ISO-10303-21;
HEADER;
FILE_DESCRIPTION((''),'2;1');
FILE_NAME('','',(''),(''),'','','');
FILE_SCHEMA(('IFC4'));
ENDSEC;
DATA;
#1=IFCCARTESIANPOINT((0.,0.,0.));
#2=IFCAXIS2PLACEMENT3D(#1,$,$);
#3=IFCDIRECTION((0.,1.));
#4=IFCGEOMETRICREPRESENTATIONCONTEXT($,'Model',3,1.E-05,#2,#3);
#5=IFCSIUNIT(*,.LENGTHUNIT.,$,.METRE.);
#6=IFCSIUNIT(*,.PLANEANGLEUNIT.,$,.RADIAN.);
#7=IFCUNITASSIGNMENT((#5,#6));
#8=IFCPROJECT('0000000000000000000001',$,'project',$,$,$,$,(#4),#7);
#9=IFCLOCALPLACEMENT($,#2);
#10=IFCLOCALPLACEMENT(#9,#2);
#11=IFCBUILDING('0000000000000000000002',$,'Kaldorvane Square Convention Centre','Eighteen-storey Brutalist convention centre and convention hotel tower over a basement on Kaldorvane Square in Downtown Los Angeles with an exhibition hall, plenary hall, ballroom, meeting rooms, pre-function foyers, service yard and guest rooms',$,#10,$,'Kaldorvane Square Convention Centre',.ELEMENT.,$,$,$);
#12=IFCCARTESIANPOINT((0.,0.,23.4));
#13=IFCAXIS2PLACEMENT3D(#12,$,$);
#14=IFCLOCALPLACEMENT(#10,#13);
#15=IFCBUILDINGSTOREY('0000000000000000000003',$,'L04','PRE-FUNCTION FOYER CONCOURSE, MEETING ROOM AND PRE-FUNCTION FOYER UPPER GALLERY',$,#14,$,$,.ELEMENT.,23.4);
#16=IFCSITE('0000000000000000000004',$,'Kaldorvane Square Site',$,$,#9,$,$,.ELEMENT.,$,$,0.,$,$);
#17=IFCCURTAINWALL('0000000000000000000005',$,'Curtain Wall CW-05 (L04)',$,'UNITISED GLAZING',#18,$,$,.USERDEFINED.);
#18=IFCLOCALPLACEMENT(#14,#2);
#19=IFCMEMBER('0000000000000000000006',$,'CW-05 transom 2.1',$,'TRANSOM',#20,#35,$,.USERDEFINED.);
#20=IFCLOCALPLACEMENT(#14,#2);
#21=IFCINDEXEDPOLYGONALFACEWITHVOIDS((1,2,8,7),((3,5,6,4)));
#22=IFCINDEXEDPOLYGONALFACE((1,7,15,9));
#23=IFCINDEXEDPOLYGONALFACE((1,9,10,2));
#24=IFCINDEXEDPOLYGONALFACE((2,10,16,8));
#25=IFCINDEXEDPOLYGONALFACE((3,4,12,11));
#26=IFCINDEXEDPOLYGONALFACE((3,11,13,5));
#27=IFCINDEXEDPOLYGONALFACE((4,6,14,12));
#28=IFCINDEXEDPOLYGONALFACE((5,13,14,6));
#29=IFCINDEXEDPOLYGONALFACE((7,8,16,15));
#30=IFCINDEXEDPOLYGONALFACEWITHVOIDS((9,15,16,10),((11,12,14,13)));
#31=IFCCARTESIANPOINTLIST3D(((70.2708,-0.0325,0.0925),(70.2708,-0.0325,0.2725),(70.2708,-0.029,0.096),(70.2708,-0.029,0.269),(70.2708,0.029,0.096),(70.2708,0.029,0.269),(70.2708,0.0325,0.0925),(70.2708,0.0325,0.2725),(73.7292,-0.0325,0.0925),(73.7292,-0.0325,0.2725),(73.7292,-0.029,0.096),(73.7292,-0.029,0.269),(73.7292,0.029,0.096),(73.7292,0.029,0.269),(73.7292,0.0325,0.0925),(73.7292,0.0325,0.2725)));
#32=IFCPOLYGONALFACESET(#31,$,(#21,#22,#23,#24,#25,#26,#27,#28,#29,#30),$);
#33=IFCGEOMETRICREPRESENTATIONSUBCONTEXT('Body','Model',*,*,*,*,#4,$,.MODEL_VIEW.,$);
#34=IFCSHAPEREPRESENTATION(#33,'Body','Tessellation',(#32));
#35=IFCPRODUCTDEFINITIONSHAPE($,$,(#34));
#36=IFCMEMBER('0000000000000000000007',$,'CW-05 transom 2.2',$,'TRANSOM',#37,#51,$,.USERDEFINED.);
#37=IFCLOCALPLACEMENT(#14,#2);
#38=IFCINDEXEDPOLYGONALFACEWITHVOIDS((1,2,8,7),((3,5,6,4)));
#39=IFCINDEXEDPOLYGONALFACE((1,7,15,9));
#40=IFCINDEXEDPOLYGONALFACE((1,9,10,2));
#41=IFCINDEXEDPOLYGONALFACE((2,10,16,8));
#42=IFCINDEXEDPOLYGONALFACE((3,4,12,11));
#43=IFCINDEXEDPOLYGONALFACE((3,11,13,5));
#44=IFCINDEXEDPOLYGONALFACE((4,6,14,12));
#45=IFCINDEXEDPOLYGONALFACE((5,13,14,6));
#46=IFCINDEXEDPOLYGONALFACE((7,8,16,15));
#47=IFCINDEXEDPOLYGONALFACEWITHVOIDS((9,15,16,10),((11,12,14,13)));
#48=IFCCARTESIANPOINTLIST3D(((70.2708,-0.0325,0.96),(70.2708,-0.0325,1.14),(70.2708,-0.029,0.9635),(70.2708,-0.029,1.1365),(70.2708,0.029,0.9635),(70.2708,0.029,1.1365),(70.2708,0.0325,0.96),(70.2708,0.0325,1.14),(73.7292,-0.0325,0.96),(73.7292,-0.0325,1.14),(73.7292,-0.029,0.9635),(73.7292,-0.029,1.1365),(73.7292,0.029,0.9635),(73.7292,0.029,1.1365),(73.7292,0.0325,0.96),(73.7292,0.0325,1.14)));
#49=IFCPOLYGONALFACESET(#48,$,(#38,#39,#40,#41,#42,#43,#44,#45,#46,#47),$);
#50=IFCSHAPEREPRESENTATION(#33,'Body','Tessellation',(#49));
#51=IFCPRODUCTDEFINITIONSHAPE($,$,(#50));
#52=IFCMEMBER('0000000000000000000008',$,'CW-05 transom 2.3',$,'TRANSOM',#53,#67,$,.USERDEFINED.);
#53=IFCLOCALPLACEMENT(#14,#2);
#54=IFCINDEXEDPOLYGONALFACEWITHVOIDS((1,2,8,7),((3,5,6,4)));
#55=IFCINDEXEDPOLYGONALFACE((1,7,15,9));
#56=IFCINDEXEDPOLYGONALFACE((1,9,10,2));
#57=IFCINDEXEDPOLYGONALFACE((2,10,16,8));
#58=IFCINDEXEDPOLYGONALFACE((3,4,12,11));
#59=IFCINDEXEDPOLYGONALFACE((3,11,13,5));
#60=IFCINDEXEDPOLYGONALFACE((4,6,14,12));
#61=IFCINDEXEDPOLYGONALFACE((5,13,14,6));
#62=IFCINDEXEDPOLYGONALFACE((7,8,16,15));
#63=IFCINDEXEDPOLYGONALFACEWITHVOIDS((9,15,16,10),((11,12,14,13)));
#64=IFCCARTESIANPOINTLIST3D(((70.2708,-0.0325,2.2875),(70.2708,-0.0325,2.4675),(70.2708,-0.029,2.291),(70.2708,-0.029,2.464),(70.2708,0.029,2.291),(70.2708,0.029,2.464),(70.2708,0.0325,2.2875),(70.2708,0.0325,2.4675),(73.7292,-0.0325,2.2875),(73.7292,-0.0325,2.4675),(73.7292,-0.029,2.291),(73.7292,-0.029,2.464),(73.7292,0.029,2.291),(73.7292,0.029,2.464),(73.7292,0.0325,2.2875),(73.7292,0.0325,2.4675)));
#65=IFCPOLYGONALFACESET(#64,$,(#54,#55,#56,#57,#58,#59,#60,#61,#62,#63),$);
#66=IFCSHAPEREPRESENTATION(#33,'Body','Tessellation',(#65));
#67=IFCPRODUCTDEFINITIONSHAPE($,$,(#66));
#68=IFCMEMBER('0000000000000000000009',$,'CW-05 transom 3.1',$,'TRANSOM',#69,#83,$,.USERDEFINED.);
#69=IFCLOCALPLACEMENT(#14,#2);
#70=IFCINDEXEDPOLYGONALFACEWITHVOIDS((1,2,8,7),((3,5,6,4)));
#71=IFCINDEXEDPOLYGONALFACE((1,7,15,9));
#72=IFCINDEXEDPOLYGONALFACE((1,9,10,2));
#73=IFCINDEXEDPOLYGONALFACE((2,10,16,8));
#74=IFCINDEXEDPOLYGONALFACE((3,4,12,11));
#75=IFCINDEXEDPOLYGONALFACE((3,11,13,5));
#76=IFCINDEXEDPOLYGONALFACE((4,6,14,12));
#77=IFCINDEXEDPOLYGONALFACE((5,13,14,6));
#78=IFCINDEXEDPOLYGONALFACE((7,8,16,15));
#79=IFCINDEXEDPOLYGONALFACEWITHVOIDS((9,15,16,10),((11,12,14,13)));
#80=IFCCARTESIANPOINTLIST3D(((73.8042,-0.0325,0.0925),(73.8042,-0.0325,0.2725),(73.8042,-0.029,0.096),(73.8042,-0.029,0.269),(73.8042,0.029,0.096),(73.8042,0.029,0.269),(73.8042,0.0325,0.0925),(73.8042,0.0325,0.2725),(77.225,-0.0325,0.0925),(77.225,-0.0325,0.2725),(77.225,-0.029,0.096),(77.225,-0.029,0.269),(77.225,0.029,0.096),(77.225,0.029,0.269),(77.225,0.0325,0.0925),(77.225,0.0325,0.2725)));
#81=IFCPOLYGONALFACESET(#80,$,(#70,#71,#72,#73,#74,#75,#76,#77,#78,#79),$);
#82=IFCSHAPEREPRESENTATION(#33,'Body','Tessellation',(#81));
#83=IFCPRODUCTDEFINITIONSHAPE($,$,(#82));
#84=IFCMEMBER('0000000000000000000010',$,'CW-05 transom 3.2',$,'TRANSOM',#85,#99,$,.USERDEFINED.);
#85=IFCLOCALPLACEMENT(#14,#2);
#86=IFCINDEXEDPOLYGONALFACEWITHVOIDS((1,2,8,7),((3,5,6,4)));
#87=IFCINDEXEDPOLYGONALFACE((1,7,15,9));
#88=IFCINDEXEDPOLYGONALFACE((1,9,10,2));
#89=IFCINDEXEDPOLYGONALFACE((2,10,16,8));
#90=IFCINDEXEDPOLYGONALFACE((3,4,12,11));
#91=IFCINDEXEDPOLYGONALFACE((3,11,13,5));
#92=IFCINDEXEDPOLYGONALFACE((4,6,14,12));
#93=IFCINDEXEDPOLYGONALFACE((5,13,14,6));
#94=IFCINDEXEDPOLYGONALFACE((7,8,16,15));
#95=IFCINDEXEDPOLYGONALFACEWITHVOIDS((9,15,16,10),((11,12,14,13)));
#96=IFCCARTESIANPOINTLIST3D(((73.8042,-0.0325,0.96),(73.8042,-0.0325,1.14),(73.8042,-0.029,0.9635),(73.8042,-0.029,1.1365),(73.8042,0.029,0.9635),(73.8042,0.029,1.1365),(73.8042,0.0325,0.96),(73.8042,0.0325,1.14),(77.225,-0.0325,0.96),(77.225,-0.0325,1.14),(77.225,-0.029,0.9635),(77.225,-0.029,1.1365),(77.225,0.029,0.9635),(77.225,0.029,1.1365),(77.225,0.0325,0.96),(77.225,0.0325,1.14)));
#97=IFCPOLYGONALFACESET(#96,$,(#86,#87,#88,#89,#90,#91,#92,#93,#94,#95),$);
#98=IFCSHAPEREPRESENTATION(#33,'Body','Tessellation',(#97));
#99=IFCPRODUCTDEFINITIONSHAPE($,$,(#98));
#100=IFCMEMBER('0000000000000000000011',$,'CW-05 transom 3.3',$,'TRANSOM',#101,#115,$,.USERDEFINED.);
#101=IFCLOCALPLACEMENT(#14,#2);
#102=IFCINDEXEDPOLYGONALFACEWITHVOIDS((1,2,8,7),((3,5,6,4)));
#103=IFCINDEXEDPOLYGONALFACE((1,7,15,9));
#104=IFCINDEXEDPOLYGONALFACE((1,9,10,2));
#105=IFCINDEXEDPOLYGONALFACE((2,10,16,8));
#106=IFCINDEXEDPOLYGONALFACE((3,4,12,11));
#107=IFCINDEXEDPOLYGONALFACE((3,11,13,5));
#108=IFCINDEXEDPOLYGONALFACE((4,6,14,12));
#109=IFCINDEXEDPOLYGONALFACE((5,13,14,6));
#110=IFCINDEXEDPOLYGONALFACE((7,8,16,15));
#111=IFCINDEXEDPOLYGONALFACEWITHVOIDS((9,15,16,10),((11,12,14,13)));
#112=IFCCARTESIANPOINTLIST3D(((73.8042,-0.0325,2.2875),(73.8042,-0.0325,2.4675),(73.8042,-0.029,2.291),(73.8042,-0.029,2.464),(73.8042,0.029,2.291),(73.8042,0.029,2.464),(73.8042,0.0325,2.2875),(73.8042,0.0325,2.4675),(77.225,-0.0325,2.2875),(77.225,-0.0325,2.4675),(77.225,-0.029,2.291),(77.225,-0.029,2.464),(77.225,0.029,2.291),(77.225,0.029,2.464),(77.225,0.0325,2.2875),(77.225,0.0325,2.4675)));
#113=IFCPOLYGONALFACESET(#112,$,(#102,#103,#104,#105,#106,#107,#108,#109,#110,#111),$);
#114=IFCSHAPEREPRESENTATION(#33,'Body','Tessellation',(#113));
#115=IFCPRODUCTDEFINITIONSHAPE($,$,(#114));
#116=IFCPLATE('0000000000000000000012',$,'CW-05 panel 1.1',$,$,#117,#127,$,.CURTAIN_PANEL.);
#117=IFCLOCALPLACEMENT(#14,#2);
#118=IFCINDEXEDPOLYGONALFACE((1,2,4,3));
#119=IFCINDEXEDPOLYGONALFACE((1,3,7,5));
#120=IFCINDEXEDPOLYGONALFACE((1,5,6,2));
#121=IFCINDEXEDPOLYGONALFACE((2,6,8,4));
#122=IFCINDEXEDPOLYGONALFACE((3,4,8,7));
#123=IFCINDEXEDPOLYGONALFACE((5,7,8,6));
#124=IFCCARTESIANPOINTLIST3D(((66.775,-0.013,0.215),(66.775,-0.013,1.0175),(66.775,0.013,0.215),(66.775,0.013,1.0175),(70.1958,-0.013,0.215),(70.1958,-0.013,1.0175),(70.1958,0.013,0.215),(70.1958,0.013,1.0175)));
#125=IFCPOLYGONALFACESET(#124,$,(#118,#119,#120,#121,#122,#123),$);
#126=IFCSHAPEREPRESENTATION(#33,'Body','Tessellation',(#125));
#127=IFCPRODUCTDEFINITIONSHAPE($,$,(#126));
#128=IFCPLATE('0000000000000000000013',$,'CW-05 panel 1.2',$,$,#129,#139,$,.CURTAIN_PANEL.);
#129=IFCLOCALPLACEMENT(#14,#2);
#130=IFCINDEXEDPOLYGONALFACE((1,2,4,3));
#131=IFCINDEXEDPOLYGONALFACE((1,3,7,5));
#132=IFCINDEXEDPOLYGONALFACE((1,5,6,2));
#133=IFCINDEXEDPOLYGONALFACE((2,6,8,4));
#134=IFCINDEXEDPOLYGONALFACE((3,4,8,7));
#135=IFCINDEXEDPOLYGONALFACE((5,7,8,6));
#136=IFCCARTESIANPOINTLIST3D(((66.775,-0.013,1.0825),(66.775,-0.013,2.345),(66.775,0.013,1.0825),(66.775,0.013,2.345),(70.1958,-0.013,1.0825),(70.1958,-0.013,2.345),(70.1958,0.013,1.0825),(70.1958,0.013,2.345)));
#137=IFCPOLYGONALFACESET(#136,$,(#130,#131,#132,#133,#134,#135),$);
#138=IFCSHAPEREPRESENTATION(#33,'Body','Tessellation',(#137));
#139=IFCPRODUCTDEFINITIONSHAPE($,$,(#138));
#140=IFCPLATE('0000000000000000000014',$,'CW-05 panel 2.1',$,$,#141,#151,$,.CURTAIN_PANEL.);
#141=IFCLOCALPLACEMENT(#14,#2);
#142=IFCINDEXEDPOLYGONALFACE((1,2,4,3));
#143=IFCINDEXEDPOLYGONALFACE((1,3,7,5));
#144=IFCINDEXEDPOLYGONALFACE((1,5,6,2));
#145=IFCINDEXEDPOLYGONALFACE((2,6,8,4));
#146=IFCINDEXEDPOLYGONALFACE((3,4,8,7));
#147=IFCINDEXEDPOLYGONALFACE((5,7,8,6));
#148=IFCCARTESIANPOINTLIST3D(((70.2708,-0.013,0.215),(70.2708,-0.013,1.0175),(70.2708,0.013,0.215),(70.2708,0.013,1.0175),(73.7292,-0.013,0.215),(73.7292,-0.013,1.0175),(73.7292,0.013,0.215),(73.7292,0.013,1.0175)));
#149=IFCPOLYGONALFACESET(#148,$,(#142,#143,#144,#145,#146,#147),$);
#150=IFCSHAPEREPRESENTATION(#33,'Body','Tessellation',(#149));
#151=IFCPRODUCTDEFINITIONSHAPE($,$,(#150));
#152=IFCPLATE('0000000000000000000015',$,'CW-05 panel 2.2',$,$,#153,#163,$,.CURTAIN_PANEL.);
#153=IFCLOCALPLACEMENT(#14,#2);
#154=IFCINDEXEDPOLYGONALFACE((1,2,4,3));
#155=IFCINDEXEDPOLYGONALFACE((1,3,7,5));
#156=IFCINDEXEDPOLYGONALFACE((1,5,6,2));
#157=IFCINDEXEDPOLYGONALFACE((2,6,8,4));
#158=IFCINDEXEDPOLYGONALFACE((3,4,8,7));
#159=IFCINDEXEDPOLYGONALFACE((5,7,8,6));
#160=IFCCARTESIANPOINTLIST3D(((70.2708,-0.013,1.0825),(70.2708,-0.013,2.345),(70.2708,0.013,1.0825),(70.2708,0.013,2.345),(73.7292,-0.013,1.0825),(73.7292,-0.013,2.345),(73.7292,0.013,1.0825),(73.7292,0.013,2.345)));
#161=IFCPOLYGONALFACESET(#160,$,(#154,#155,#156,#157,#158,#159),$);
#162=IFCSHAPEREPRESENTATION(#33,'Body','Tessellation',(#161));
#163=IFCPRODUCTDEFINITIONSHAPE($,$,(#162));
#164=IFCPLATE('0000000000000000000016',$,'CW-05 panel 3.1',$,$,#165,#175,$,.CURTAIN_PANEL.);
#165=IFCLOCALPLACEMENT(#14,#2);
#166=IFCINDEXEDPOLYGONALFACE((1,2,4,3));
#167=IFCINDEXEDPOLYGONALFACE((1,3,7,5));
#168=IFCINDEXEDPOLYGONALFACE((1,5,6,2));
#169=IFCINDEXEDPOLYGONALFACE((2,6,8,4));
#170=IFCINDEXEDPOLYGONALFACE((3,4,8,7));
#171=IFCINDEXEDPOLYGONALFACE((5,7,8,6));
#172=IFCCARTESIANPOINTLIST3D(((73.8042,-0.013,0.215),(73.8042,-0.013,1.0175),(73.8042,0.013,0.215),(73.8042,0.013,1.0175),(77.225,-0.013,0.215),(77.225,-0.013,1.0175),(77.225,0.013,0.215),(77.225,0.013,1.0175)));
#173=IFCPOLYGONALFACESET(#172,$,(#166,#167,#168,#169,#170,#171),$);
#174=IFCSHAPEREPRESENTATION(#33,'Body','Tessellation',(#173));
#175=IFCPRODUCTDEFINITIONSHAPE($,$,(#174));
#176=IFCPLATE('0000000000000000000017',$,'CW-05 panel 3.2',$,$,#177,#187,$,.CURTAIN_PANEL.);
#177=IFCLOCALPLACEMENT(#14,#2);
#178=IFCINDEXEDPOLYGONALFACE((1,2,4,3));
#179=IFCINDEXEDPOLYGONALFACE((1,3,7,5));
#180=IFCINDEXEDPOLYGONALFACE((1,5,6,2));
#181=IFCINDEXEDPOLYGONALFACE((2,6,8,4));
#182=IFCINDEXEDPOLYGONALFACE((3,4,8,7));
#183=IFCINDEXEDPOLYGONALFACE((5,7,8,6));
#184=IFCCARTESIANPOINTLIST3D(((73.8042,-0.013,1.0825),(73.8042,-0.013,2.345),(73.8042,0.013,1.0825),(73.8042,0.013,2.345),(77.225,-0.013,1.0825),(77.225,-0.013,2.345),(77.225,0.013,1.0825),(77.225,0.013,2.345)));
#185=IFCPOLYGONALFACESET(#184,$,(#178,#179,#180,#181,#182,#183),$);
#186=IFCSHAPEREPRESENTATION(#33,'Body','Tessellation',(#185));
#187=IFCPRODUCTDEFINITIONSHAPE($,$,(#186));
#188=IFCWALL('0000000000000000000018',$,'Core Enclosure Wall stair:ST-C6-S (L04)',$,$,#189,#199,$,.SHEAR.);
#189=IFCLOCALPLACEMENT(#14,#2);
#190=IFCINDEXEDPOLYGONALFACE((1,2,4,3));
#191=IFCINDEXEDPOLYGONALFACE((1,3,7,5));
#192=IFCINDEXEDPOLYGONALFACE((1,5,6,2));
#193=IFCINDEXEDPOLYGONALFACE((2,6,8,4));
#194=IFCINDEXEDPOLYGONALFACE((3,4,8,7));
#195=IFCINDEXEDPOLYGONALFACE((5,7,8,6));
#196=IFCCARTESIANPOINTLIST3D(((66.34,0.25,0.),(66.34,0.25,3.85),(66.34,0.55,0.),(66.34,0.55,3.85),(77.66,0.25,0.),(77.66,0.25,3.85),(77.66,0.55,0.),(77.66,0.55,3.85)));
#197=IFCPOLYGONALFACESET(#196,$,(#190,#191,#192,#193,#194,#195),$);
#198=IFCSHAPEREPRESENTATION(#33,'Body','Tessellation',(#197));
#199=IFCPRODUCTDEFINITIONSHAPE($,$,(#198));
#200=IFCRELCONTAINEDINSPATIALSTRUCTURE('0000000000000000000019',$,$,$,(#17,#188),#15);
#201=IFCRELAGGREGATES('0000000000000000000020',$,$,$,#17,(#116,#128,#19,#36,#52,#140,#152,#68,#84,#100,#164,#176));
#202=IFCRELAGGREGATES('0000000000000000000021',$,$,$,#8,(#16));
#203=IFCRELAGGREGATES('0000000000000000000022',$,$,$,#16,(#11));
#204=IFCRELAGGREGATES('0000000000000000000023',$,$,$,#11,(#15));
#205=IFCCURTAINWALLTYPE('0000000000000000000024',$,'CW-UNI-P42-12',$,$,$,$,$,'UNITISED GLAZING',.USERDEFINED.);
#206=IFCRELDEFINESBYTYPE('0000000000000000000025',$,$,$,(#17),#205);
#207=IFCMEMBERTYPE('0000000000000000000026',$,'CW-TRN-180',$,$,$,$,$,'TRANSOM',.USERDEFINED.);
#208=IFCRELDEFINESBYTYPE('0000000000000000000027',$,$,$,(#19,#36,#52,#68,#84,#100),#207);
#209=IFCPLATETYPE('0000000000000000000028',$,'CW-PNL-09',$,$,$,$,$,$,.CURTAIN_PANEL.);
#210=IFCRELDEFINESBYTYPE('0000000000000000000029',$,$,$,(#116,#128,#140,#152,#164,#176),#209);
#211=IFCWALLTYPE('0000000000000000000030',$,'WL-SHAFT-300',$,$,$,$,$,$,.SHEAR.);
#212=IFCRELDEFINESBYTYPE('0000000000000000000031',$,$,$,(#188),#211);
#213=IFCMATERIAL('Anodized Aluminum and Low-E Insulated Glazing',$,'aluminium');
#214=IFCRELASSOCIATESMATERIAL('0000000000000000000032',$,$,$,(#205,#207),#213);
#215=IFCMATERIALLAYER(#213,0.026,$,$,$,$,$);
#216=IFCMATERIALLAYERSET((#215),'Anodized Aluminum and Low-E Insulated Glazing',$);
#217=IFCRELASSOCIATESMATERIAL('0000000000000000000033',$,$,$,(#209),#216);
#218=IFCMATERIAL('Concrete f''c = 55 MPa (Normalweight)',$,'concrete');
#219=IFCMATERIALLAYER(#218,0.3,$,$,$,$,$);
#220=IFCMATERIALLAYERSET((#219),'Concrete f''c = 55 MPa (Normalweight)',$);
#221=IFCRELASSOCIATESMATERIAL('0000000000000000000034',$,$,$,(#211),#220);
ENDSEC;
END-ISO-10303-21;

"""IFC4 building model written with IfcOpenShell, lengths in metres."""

from ifc_helpers import new_model, si_unit, direction, frame, frame_2d, origin, origin_2d, place, context, subcontext, project, spatial, rectangle, hollow_rectangle, extrude, material, layer, layer_set, material_profile, profile_set, type_object, element, aggregate, save


model = new_model("IFC4")

# Units and contexts
model_context = context("Model", 3, precision=1e-05, world=origin(), true_north=direction((0.0, 1.0)))
body_context = subcontext(model_context, "Body", "Model", "MODEL_VIEW")
ifc_project = project(units=[si_unit("LENGTHUNIT", "METRE"), si_unit("PLANEANGLEUNIT", "RADIAN")], contexts=[model_context])

# Site, building, storey
site_placement = place(None, origin())
site = spatial("IfcSite", under=ifc_project, at=site_placement, Name="Kaldorvane Square Site", CompositionType="ELEMENT", RefElevation=0.0)
building_placement = place(site_placement, origin())
building = spatial("IfcBuilding", under=site, at=building_placement, Name="Kaldorvane Square Convention Centre", Description="Eighteen-storey Brutalist convention centre and convention hotel tower over a basement on Kaldorvane Square in Downtown Los Angeles with an exhibition hall, plenary hall, ballroom, meeting rooms, pre-function foyers, service yard and guest rooms", LongName="Kaldorvane Square Convention Centre", CompositionType="ELEMENT")
storey_placement = place(building_placement, frame((0.0, 0.0, 23.4)))
storey = spatial("IfcBuildingStorey", under=building, at=storey_placement, Name="L04", Description="PRE-FUNCTION FOYER CONCOURSE, MEETING ROOM AND PRE-FUNCTION FOYER UPPER GALLERY", CompositionType="ELEMENT", Elevation=23.4)

# Curtain wall, members, plates
ifc_material_1 = material(Name="Anodized Aluminum and Low-E Insulated Glazing", Category="aluminium")
curtain_wall_type = type_object("IfcCurtainWallType", Name="CW-UNI-P42-12", ElementType="UNITISED GLAZING", PredefinedType="USERDEFINED", material=ifc_material_1)
curtain_wall_placement = place(storey_placement, origin())
curtain_wall = element("IfcCurtainWall", 1, at=curtain_wall_placement, inside=storey, type_object=curtain_wall_type, Name="Curtain Wall CW-05 (L04)", ObjectType="UNITISED GLAZING", PredefinedType="USERDEFINED")
ifc_material_profile_1 = material_profile(ifc_material_1, hollow_rectangle(XDim=0.065, YDim=0.18, WallThickness=0.0035, at=origin_2d()), Name="CWT-180X65")
ifc_profile_set_1 = profile_set([ifc_material_profile_1], Name="Anodized Aluminum and Low-E Insulated Glazing")
member_type_1 = type_object("IfcMemberType", Name="CW-TRN-180", ElementType="TRANSOM", PredefinedType="USERDEFINED", material=ifc_profile_set_1)
member_1_placement = place(storey_placement, frame((70.2708, 0.0, 0.1825), z_axis=(1.0, 0.0, 0.0), x_axis=(0.0, 1.0, 0.0)))
member_1 = element("IfcMember", 2, at=member_1_placement, type_object=member_type_1, Name="CW-05 transom 2.1", ObjectType="TRANSOM", PredefinedType="USERDEFINED", context=body_context, shape_type="SweptSolid", body=[
    extrude(hollow_rectangle(XDim=0.065, YDim=0.18, WallThickness=0.0035, at=origin_2d()), origin(), (0.0, 0.0, 1.0), 3.4583),
])
member_2_placement = place(storey_placement, frame((70.2708, 0.0, 1.05), z_axis=(1.0, 0.0, 0.0), x_axis=(0.0, 1.0, 0.0)))
member_2 = element("IfcMember", 3, at=member_2_placement, type_object=member_type_1, Name="CW-05 transom 2.2", ObjectType="TRANSOM", PredefinedType="USERDEFINED", context=body_context, shape_type="SweptSolid", body=[
    extrude(hollow_rectangle(XDim=0.065, YDim=0.18, WallThickness=0.0035, at=origin_2d()), origin(), (0.0, 0.0, 1.0), 3.4583),
])
member_3_placement = place(storey_placement, frame((70.2708, 0.0, 2.3775), z_axis=(1.0, 0.0, 0.0), x_axis=(0.0, 1.0, 0.0)))
member_3 = element("IfcMember", 4, at=member_3_placement, type_object=member_type_1, Name="CW-05 transom 2.3", ObjectType="TRANSOM", PredefinedType="USERDEFINED", context=body_context, shape_type="SweptSolid", body=[
    extrude(hollow_rectangle(XDim=0.065, YDim=0.18, WallThickness=0.0035, at=origin_2d()), origin(), (0.0, 0.0, 1.0), 3.4583),
])
member_4_placement = place(storey_placement, frame((73.8042, 0.0, 0.1825), z_axis=(1.0, 0.0, 0.0), x_axis=(0.0, 1.0, 0.0)))
member_4 = element("IfcMember", 5, at=member_4_placement, type_object=member_type_1, Name="CW-05 transom 3.1", ObjectType="TRANSOM", PredefinedType="USERDEFINED", context=body_context, shape_type="SweptSolid", body=[
    extrude(hollow_rectangle(XDim=0.065, YDim=0.18, WallThickness=0.0035, at=origin_2d()), origin(), (0.0, 0.0, 1.0), 3.4208),
])
member_5_placement = place(storey_placement, frame((73.8042, 0.0, 1.05), z_axis=(1.0, 0.0, 0.0), x_axis=(0.0, 1.0, 0.0)))
member_5 = element("IfcMember", 6, at=member_5_placement, type_object=member_type_1, Name="CW-05 transom 3.2", ObjectType="TRANSOM", PredefinedType="USERDEFINED", context=body_context, shape_type="SweptSolid", body=[
    extrude(hollow_rectangle(XDim=0.065, YDim=0.18, WallThickness=0.0035, at=origin_2d()), origin(), (0.0, 0.0, 1.0), 3.4208),
])
member_6_placement = place(storey_placement, frame((73.8042, 0.0, 2.3775), z_axis=(1.0, 0.0, 0.0), x_axis=(0.0, 1.0, 0.0)))
member_6 = element("IfcMember", 7, at=member_6_placement, type_object=member_type_1, Name="CW-05 transom 3.3", ObjectType="TRANSOM", PredefinedType="USERDEFINED", context=body_context, shape_type="SweptSolid", body=[
    extrude(hollow_rectangle(XDim=0.065, YDim=0.18, WallThickness=0.0035, at=origin_2d()), origin(), (0.0, 0.0, 1.0), 3.4208),
])
ifc_layer_1 = layer(ifc_material_1, 0.026)
ifc_layer_set_1 = layer_set([ifc_layer_1], Name="Anodized Aluminum and Low-E Insulated Glazing")
plate_type = type_object("IfcPlateType", Name="CW-PNL-09", PredefinedType="CURTAIN_PANEL", material=ifc_layer_set_1)
plate_1_placement = place(storey_placement, frame((68.4854, 0.0, 0.215), z_axis=(0.0, 0.0, 1.0), x_axis=(1.0, 0.0, 0.0)))
plate_1 = element("IfcPlate", 8, at=plate_1_placement, type_object=plate_type, Name="CW-05 panel 1.1", PredefinedType="CURTAIN_PANEL", context=body_context, shape_type="SweptSolid", body=[
    extrude(rectangle(XDim=3.4208, YDim=0.026, at=origin_2d()), origin(), (0.0, 0.0, 1.0), 0.8025),
])
plate_2_placement = place(storey_placement, frame((68.4854, 0.0, 1.0825), z_axis=(0.0, 0.0, 1.0), x_axis=(1.0, 0.0, 0.0)))
plate_2 = element("IfcPlate", 9, at=plate_2_placement, type_object=plate_type, Name="CW-05 panel 1.2", PredefinedType="CURTAIN_PANEL", context=body_context, shape_type="SweptSolid", body=[
    extrude(rectangle(XDim=3.4208, YDim=0.026, at=origin_2d()), origin(), (0.0, 0.0, 1.0), 1.2625),
])
plate_3_placement = place(storey_placement, frame((72.0, 0.0, 0.215), z_axis=(0.0, 0.0, 1.0), x_axis=(1.0, 0.0, 0.0)))
plate_3 = element("IfcPlate", 10, at=plate_3_placement, type_object=plate_type, Name="CW-05 panel 2.1", PredefinedType="CURTAIN_PANEL", context=body_context, shape_type="SweptSolid", body=[
    extrude(rectangle(XDim=3.4583, YDim=0.026, at=origin_2d()), origin(), (0.0, 0.0, 1.0), 0.8025),
])
plate_4_placement = place(storey_placement, frame((72.0, 0.0, 1.0825), z_axis=(0.0, 0.0, 1.0), x_axis=(1.0, 0.0, 0.0)))
plate_4 = element("IfcPlate", 11, at=plate_4_placement, type_object=plate_type, Name="CW-05 panel 2.2", PredefinedType="CURTAIN_PANEL", context=body_context, shape_type="SweptSolid", body=[
    extrude(rectangle(XDim=3.4583, YDim=0.026, at=origin_2d()), origin(), (0.0, 0.0, 1.0), 1.2625),
])
plate_5_placement = place(storey_placement, frame((75.5146, 0.0, 0.215), z_axis=(0.0, 0.0, 1.0), x_axis=(1.0, 0.0, 0.0)))
plate_5 = element("IfcPlate", 12, at=plate_5_placement, type_object=plate_type, Name="CW-05 panel 3.1", PredefinedType="CURTAIN_PANEL", context=body_context, shape_type="SweptSolid", body=[
    extrude(rectangle(XDim=3.4208, YDim=0.026, at=origin_2d()), origin(), (0.0, 0.0, 1.0), 0.8025),
])
plate_6_placement = place(storey_placement, frame((75.5146, 0.0, 1.0825), z_axis=(0.0, 0.0, 1.0), x_axis=(1.0, 0.0, 0.0)))
plate_6 = element("IfcPlate", 13, at=plate_6_placement, type_object=plate_type, Name="CW-05 panel 3.2", PredefinedType="CURTAIN_PANEL", context=body_context, shape_type="SweptSolid", body=[
    extrude(rectangle(XDim=3.4208, YDim=0.026, at=origin_2d()), origin(), (0.0, 0.0, 1.0), 1.2625),
])
aggregate(curtain_wall, [plate_1, plate_2, member_1, member_2, member_3, plate_3, plate_4, member_4, member_5, member_6, plate_5, plate_6])

# Wall
ifc_material_2 = material(Name="Concrete f'c = 55 MPa (Normalweight)", Category="concrete")
ifc_layer_2 = layer(ifc_material_2, 0.3)
ifc_layer_set_2 = layer_set([ifc_layer_2], Name="Concrete f'c = 55 MPa (Normalweight)")
wall_type = type_object("IfcWallType", Name="WL-SHAFT-300", PredefinedType="SHEAR", material=ifc_layer_set_2)
wall_1_placement = place(storey_placement, frame((77.66, 0.4, 0.0), z_axis=(0.0, 0.0, 1.0), x_axis=(-1.0, 0.0, 0.0)))
element("IfcWall", 14, at=wall_1_placement, inside=storey, type_object=wall_type, Name="Core Enclosure Wall stair:ST-C6-S (L04)", PredefinedType="SHEAR", context=body_context, shape_type="SweptSolid", body=[
    extrude(rectangle(XDim=11.32, YDim=0.3, at=frame_2d((5.66, 0.0))), origin(), (0.0, 0.0, 1.0), 3.85),
])

save(model, "model.ifc")
